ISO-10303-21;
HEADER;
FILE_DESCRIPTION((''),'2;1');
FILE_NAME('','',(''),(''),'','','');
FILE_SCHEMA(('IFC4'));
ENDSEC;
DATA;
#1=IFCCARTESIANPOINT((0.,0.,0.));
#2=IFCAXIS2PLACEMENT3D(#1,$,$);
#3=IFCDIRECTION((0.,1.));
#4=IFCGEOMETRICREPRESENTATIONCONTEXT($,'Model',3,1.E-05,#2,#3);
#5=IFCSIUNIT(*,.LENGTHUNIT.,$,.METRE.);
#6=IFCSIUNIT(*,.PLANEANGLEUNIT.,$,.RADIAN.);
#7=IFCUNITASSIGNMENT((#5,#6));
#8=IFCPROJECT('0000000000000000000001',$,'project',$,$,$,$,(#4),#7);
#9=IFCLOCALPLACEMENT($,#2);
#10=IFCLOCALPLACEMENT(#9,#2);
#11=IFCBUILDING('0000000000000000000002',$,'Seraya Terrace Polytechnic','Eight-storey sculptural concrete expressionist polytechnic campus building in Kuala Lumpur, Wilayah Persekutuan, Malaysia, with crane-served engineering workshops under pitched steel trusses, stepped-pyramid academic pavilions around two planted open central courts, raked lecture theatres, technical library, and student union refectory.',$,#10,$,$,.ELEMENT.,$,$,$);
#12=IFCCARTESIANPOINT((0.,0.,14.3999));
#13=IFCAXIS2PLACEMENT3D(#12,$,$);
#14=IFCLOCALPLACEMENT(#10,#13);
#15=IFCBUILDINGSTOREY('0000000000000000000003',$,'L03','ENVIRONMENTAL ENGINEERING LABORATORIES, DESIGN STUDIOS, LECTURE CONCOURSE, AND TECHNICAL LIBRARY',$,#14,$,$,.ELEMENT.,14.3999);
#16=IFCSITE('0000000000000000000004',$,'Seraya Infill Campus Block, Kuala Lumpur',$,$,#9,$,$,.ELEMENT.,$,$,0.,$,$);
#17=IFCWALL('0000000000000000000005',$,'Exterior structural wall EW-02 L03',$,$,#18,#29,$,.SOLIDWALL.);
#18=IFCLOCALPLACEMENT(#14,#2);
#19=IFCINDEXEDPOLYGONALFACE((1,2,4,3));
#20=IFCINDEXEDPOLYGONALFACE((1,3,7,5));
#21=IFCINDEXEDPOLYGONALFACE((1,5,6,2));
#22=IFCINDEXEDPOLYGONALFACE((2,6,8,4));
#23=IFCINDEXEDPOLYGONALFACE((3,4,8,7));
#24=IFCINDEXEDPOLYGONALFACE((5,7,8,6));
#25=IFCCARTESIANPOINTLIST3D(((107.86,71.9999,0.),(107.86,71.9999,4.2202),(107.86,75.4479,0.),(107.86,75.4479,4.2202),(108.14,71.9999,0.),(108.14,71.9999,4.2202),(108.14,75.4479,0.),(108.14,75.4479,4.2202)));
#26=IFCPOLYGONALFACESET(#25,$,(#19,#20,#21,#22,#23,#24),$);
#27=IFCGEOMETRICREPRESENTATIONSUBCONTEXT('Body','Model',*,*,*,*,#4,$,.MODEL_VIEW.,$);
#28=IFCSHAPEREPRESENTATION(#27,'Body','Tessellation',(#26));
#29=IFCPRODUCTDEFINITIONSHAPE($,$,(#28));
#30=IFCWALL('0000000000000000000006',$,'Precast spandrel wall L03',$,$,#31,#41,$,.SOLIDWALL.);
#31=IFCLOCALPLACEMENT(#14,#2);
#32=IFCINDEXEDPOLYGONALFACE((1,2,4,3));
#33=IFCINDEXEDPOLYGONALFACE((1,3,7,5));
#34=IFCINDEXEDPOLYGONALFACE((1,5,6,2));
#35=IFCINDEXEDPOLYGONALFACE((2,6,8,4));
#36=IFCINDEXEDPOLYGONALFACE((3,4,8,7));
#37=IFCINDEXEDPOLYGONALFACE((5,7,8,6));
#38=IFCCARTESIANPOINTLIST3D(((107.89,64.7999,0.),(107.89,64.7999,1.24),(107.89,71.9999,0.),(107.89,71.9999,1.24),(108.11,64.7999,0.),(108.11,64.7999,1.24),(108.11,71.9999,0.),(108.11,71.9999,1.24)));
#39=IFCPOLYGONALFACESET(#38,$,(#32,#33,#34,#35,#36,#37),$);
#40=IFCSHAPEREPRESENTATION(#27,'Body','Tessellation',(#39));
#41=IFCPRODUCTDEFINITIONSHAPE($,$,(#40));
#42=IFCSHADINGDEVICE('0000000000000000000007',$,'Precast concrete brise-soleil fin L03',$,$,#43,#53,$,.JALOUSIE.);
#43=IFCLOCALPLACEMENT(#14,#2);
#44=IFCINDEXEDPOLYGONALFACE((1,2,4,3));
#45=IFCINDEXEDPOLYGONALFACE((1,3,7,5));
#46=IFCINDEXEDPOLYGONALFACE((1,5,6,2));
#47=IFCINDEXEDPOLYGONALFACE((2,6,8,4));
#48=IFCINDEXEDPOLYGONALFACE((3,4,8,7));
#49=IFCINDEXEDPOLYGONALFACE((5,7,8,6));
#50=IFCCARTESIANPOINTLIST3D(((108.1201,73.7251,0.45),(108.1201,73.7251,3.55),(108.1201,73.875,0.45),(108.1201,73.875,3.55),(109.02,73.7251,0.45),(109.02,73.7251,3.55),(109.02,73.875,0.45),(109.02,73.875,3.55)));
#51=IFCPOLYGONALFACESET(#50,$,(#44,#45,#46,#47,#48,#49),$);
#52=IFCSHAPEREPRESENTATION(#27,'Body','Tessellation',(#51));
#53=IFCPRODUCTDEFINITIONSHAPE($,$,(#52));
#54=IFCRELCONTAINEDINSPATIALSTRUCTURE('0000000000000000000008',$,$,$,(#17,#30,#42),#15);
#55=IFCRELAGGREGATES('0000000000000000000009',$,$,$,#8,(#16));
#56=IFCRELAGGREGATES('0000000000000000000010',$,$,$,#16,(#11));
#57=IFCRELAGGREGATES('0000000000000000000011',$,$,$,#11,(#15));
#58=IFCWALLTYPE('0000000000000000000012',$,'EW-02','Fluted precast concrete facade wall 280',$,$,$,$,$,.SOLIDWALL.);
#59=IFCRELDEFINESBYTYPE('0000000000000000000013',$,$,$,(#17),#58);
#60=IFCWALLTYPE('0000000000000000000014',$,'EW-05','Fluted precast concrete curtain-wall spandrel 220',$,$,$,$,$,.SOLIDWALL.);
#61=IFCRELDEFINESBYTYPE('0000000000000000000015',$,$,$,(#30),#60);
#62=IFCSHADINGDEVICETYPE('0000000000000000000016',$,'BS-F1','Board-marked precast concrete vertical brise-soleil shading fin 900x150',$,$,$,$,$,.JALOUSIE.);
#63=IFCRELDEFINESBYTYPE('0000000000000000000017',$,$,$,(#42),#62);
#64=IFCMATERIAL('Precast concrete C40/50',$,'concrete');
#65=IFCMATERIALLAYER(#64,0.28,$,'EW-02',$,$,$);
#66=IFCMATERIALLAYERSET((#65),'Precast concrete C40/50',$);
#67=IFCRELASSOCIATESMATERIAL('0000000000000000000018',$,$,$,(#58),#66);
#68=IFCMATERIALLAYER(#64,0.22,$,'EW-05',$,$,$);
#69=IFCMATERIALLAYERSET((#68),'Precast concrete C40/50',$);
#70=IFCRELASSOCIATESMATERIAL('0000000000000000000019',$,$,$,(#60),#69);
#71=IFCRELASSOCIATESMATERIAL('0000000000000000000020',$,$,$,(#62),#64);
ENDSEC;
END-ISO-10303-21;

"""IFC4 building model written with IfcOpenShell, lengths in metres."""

from ifc_helpers import new_model, si_unit, direction, frame, frame_2d, origin, origin_2d, place, context, subcontext, project, spatial, rectangle, extrude, material, layer, layer_set, type_object, element, save


model = new_model("IFC4")

# Units and contexts
model_context = context("Model", 3, precision=1e-05, world=origin(), true_north=direction((0.0, 1.0)))
body_context = subcontext(model_context, "Body", "Model", "MODEL_VIEW")
ifc_project = project(units=[si_unit("LENGTHUNIT", "METRE"), si_unit("PLANEANGLEUNIT", "RADIAN")], contexts=[model_context])

# Site, building, storey
site_placement = place(None, origin())
site = spatial("IfcSite", under=ifc_project, at=site_placement, Name="Seraya Infill Campus Block, Kuala Lumpur", CompositionType="ELEMENT", RefElevation=0.0)
building_placement = place(site_placement, origin())
building = spatial("IfcBuilding", under=site, at=building_placement, Name="Seraya Terrace Polytechnic", Description="Eight-storey sculptural concrete expressionist polytechnic campus building in Kuala Lumpur, Wilayah Persekutuan, Malaysia, with crane-served engineering workshops under pitched steel trusses, stepped-pyramid academic pavilions around two planted open central courts, raked lecture theatres, technical library, and student union refectory.", CompositionType="ELEMENT")
storey_placement = place(building_placement, frame((0.0, 0.0, 14.3999)))
storey = spatial("IfcBuildingStorey", under=building, at=storey_placement, Name="L03", Description="ENVIRONMENTAL ENGINEERING LABORATORIES, DESIGN STUDIOS, LECTURE CONCOURSE, AND TECHNICAL LIBRARY", CompositionType="ELEMENT", Elevation=14.3999)

# Walls
ifc_material_1 = material(Name="Precast concrete C40/50", Category="concrete")
ifc_layer_1 = layer(ifc_material_1, 0.28, Name="EW-02")
ifc_layer_set_1 = layer_set([ifc_layer_1], Name="Precast concrete C40/50")
wall_type_1 = type_object("IfcWallType", Name="EW-02", Description="Fluted precast concrete facade wall 280", PredefinedType="SOLIDWALL", material=ifc_layer_set_1)
wall_1_placement = place(storey_placement, frame((108.0, 75.448, 0.0), z_axis=(0.0, 0.0, 1.0), x_axis=(0.0, -1.0, 0.0)))
element("IfcWall", 1, at=wall_1_placement, inside=storey, type_object=wall_type_1, Name="Exterior structural wall EW-02 L03", PredefinedType="SOLIDWALL", context=body_context, shape_type="SweptSolid", body=[
    extrude(rectangle(XDim=3.448, YDim=0.28, at=frame_2d((1.7241, 0.0))), origin(), (0.0, 0.0, 1.0), 4.2202),
])
ifc_layer_2 = layer(ifc_material_1, 0.22, Name="EW-05")
ifc_layer_set_2 = layer_set([ifc_layer_2], Name="Precast concrete C40/50")
wall_type_2 = type_object("IfcWallType", Name="EW-05", Description="Fluted precast concrete curtain-wall spandrel 220", PredefinedType="SOLIDWALL", material=ifc_layer_set_2)
wall_2_placement = place(storey_placement, frame((108.0, 72.0, 0.0), z_axis=(0.0, 0.0, 1.0), x_axis=(0.0, -1.0, 0.0)))
element("IfcWall", 2, at=wall_2_placement, inside=storey, type_object=wall_type_2, Name="Precast spandrel wall L03", PredefinedType="SOLIDWALL", context=body_context, shape_type="SweptSolid", body=[
    extrude(rectangle(XDim=7.2, YDim=0.22, at=frame_2d((3.6001, 0.0))), origin(), (0.0, 0.0, 1.0), 1.24),
])

# Shading device
shading_device_type = type_object("IfcShadingDeviceType", Name="BS-F1", Description="Board-marked precast concrete vertical brise-soleil shading fin 900x150", PredefinedType="JALOUSIE", material=ifc_material_1)
shading_device_placement = place(storey_placement, frame((108.5701, 73.8, 0.45), z_axis=(0.0, 0.0, 1.0), x_axis=(1.0, 0.0, 0.0)))
element("IfcShadingDevice", 3, at=shading_device_placement, inside=storey, type_object=shading_device_type, Name="Precast concrete brise-soleil fin L03", PredefinedType="JALOUSIE", context=body_context, shape_type="SweptSolid", body=[
    extrude(rectangle(XDim=0.8999, YDim=0.1499, at=origin_2d()), origin(), (0.0, 0.0, 1.0), 3.1001),
])

save(model, "model.ifc")
